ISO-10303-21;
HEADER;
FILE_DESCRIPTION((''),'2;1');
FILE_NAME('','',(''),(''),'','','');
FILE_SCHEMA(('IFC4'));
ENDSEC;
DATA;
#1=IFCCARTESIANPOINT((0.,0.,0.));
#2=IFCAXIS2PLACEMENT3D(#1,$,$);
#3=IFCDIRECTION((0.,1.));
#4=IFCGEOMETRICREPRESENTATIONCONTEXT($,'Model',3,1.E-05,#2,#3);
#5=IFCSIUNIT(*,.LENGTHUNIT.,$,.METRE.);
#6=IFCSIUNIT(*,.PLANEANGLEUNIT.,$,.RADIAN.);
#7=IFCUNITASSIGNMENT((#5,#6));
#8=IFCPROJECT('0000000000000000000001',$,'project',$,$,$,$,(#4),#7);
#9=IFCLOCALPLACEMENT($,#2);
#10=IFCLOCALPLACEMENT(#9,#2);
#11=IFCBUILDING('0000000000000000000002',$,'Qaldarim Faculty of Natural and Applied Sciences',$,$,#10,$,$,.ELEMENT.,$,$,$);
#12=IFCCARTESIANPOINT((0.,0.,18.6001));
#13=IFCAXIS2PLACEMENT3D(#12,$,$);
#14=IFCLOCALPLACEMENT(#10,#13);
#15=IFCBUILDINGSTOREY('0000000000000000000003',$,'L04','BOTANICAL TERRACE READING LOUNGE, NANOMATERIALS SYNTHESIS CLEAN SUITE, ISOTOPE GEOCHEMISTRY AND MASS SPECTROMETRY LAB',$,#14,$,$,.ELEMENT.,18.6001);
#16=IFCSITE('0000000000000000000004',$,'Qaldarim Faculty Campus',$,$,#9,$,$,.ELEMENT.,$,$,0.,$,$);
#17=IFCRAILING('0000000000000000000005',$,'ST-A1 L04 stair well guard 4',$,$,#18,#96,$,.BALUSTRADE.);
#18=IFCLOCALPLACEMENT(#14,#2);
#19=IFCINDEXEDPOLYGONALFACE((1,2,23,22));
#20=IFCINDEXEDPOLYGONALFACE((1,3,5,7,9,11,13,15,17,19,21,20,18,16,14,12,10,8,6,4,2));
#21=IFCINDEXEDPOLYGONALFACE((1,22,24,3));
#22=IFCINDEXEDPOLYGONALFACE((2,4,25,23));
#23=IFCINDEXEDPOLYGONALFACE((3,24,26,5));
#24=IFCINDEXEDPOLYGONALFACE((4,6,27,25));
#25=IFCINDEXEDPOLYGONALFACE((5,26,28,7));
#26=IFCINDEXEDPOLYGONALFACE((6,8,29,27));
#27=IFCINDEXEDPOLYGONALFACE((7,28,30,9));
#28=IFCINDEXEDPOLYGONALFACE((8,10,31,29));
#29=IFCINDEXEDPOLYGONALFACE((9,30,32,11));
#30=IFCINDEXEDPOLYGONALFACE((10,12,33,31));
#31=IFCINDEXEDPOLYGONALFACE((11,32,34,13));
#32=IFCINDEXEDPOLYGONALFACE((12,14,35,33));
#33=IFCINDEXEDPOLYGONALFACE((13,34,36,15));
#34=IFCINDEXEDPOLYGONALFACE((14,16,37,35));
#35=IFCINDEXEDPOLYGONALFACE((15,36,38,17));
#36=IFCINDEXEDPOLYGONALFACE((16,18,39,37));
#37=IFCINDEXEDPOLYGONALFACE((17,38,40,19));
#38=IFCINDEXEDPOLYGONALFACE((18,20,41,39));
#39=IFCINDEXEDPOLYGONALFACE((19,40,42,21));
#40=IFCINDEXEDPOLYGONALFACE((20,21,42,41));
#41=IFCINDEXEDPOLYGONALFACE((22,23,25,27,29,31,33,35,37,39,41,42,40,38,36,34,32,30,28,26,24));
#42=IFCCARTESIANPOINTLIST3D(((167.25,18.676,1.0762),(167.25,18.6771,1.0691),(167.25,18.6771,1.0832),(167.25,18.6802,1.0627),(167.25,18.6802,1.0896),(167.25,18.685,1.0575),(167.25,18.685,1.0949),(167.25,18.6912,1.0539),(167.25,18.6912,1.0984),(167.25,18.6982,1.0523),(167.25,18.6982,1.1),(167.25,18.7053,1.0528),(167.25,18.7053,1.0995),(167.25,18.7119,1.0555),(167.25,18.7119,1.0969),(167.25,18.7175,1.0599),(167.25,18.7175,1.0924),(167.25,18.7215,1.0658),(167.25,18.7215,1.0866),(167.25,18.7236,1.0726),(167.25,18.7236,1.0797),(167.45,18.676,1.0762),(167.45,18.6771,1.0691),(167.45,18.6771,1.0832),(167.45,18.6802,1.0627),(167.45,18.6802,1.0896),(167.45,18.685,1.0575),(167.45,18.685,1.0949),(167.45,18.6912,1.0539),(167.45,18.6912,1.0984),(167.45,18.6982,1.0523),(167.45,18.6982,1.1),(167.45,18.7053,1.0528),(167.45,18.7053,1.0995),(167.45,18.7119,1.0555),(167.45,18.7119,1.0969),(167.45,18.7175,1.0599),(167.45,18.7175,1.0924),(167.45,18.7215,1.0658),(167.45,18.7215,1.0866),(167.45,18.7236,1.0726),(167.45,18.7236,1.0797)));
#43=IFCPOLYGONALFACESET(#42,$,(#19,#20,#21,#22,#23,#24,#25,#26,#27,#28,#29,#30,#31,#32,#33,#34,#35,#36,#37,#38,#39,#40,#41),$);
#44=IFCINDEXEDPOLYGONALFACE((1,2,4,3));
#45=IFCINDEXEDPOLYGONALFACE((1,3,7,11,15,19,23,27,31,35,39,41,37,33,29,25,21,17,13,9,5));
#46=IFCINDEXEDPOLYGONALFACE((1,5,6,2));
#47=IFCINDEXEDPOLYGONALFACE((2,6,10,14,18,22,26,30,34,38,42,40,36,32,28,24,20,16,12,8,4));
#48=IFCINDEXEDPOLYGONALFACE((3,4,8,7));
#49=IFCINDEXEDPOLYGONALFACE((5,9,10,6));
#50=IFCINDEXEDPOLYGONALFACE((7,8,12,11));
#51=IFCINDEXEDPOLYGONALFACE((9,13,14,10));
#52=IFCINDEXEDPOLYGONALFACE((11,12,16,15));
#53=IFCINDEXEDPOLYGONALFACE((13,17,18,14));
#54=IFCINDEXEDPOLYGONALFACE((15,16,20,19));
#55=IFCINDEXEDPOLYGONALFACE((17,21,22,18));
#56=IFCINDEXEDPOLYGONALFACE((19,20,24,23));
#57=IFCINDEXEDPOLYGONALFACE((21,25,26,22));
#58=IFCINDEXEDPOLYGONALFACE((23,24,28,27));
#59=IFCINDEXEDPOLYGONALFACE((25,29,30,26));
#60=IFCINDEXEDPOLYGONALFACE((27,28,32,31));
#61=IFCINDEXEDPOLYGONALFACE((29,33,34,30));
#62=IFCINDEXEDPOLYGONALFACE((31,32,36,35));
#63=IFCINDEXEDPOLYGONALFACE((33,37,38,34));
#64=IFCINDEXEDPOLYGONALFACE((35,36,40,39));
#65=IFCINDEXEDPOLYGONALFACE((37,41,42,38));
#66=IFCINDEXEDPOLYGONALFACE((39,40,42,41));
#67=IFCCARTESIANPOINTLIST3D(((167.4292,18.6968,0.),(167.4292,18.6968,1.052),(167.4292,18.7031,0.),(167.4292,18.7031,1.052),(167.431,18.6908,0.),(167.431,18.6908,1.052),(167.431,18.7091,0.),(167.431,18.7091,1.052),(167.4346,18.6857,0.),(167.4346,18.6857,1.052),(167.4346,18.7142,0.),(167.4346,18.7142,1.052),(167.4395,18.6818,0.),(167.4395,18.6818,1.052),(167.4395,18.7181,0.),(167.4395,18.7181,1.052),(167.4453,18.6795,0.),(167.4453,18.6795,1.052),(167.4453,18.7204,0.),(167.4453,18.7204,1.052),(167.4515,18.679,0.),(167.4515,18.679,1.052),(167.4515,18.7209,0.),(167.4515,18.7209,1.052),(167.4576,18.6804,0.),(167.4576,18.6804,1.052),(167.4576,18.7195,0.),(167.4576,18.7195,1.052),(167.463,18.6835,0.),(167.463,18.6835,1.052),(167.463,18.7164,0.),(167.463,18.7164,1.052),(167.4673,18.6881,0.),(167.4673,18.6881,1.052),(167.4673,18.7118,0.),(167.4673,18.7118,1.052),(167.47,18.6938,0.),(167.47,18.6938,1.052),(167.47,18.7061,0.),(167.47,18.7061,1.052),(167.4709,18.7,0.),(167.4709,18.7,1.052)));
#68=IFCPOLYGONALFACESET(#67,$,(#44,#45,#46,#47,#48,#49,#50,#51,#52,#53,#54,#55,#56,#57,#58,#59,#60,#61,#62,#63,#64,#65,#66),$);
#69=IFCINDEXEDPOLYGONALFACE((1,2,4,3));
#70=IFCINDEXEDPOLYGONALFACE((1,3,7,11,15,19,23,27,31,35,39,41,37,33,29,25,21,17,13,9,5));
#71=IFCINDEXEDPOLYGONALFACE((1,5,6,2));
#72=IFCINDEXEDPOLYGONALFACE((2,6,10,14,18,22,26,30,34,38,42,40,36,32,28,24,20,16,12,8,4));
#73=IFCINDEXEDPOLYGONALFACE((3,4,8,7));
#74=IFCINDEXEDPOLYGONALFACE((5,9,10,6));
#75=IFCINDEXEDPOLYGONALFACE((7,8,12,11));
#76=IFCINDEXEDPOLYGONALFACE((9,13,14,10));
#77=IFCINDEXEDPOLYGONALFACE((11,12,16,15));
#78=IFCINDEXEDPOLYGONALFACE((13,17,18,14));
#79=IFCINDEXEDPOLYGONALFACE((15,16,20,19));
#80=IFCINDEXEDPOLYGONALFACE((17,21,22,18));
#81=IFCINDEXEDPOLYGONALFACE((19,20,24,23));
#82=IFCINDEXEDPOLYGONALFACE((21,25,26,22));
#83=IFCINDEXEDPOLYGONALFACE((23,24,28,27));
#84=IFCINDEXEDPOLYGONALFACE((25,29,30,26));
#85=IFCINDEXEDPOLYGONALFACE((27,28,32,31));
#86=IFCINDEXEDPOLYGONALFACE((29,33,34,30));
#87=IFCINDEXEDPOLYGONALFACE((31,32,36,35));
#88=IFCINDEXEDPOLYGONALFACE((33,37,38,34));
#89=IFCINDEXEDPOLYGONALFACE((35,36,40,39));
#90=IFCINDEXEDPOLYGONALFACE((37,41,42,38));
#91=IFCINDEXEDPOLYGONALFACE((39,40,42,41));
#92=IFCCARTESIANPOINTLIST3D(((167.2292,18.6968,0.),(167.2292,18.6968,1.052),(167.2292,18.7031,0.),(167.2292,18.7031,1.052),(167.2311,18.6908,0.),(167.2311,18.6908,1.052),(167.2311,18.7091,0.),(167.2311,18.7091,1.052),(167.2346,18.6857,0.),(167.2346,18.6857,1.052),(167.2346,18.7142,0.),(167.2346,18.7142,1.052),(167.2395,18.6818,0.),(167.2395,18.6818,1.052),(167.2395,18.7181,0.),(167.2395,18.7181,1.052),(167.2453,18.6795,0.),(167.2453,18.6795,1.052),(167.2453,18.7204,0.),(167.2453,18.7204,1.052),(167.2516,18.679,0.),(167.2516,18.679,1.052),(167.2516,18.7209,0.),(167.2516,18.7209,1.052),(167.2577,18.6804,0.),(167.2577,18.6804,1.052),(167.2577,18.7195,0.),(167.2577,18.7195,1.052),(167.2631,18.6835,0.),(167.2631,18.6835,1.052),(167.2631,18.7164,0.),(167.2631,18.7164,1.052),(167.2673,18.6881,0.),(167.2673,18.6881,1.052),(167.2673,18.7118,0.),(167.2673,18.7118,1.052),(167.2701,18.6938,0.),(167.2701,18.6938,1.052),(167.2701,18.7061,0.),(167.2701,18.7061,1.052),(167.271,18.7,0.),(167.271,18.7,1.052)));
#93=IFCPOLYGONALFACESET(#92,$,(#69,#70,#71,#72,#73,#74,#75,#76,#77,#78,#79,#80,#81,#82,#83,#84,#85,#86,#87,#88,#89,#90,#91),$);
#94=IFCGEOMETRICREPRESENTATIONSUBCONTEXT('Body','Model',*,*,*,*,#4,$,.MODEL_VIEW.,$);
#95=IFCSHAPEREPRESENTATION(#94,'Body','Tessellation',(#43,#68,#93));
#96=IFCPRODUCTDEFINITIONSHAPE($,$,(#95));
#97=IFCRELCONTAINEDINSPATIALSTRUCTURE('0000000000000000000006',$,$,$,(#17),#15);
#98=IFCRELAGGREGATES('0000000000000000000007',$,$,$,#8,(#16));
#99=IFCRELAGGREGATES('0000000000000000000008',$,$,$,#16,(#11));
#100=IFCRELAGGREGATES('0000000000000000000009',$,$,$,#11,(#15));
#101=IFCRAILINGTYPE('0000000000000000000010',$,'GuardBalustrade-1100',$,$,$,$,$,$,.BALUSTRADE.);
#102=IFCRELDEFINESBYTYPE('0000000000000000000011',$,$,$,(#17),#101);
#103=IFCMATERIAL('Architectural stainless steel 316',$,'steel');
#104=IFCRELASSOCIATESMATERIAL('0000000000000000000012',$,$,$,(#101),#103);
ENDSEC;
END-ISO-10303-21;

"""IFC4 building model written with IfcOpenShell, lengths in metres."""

from ifc_helpers import new_model, si_unit, direction, frame, origin, origin_2d, place, context, subcontext, project, spatial, circle, extrude, material, type_object, element, save


model = new_model("IFC4")

# Units and contexts
model_context = context("Model", 3, precision=1e-05, world=origin(), true_north=direction((0.0, 1.0)))
body_context = subcontext(model_context, "Body", "Model", "MODEL_VIEW")
ifc_project = project(units=[si_unit("LENGTHUNIT", "METRE"), si_unit("PLANEANGLEUNIT", "RADIAN")], contexts=[model_context])

# Site, building, storey
site_placement = place(None, origin())
site = spatial("IfcSite", under=ifc_project, at=site_placement, Name="Qaldarim Faculty Campus", CompositionType="ELEMENT", RefElevation=0.0)
building_placement = place(site_placement, origin())
building = spatial("IfcBuilding", under=site, at=building_placement, Name="Qaldarim Faculty of Natural and Applied Sciences", CompositionType="ELEMENT")
storey_placement = place(building_placement, frame((0.0, 0.0, 18.6001)))
storey = spatial("IfcBuildingStorey", under=building, at=storey_placement, Name="L04", Description="BOTANICAL TERRACE READING LOUNGE, NANOMATERIALS SYNTHESIS CLEAN SUITE, ISOTOPE GEOCHEMISTRY AND MASS SPECTROMETRY LAB", CompositionType="ELEMENT", Elevation=18.6001)

# Shared definitions
ifc_material_1 = material(Name="Architectural stainless steel 316", Category="steel")

# Railing
railing_type_1 = type_object("IfcRailingType", Name="GuardBalustrade-1100", PredefinedType="BALUSTRADE", material=ifc_material_1)
railing_1_placement = place(storey_placement, frame((167.45, 18.7, 0.0)))
element("IfcRailing", 1, at=railing_1_placement, inside=storey, type_object=railing_type_1, Name="ST-A1 L04 stair well guard 4", PredefinedType="BALUSTRADE", context=body_context, shape_type="SweptSolid", body=[
    extrude(circle(Radius=0.0239, at=origin_2d()), frame((0.0, 0.0, 1.0762), z_axis=(-1.0, 0.0, 0.0), x_axis=(0.0, -1.0, 0.0)), (0.0, 0.0, 1.0), 0.2),
    extrude(circle(Radius=0.021, at=origin_2d()), origin(), (0.0, 0.0, 1.0), 1.052),
    extrude(circle(Radius=0.021, at=origin_2d()), frame((-0.2, 0.0, 0.0)), (0.0, 0.0, 1.0), 1.052),
])

save(model, "model.ifc")
